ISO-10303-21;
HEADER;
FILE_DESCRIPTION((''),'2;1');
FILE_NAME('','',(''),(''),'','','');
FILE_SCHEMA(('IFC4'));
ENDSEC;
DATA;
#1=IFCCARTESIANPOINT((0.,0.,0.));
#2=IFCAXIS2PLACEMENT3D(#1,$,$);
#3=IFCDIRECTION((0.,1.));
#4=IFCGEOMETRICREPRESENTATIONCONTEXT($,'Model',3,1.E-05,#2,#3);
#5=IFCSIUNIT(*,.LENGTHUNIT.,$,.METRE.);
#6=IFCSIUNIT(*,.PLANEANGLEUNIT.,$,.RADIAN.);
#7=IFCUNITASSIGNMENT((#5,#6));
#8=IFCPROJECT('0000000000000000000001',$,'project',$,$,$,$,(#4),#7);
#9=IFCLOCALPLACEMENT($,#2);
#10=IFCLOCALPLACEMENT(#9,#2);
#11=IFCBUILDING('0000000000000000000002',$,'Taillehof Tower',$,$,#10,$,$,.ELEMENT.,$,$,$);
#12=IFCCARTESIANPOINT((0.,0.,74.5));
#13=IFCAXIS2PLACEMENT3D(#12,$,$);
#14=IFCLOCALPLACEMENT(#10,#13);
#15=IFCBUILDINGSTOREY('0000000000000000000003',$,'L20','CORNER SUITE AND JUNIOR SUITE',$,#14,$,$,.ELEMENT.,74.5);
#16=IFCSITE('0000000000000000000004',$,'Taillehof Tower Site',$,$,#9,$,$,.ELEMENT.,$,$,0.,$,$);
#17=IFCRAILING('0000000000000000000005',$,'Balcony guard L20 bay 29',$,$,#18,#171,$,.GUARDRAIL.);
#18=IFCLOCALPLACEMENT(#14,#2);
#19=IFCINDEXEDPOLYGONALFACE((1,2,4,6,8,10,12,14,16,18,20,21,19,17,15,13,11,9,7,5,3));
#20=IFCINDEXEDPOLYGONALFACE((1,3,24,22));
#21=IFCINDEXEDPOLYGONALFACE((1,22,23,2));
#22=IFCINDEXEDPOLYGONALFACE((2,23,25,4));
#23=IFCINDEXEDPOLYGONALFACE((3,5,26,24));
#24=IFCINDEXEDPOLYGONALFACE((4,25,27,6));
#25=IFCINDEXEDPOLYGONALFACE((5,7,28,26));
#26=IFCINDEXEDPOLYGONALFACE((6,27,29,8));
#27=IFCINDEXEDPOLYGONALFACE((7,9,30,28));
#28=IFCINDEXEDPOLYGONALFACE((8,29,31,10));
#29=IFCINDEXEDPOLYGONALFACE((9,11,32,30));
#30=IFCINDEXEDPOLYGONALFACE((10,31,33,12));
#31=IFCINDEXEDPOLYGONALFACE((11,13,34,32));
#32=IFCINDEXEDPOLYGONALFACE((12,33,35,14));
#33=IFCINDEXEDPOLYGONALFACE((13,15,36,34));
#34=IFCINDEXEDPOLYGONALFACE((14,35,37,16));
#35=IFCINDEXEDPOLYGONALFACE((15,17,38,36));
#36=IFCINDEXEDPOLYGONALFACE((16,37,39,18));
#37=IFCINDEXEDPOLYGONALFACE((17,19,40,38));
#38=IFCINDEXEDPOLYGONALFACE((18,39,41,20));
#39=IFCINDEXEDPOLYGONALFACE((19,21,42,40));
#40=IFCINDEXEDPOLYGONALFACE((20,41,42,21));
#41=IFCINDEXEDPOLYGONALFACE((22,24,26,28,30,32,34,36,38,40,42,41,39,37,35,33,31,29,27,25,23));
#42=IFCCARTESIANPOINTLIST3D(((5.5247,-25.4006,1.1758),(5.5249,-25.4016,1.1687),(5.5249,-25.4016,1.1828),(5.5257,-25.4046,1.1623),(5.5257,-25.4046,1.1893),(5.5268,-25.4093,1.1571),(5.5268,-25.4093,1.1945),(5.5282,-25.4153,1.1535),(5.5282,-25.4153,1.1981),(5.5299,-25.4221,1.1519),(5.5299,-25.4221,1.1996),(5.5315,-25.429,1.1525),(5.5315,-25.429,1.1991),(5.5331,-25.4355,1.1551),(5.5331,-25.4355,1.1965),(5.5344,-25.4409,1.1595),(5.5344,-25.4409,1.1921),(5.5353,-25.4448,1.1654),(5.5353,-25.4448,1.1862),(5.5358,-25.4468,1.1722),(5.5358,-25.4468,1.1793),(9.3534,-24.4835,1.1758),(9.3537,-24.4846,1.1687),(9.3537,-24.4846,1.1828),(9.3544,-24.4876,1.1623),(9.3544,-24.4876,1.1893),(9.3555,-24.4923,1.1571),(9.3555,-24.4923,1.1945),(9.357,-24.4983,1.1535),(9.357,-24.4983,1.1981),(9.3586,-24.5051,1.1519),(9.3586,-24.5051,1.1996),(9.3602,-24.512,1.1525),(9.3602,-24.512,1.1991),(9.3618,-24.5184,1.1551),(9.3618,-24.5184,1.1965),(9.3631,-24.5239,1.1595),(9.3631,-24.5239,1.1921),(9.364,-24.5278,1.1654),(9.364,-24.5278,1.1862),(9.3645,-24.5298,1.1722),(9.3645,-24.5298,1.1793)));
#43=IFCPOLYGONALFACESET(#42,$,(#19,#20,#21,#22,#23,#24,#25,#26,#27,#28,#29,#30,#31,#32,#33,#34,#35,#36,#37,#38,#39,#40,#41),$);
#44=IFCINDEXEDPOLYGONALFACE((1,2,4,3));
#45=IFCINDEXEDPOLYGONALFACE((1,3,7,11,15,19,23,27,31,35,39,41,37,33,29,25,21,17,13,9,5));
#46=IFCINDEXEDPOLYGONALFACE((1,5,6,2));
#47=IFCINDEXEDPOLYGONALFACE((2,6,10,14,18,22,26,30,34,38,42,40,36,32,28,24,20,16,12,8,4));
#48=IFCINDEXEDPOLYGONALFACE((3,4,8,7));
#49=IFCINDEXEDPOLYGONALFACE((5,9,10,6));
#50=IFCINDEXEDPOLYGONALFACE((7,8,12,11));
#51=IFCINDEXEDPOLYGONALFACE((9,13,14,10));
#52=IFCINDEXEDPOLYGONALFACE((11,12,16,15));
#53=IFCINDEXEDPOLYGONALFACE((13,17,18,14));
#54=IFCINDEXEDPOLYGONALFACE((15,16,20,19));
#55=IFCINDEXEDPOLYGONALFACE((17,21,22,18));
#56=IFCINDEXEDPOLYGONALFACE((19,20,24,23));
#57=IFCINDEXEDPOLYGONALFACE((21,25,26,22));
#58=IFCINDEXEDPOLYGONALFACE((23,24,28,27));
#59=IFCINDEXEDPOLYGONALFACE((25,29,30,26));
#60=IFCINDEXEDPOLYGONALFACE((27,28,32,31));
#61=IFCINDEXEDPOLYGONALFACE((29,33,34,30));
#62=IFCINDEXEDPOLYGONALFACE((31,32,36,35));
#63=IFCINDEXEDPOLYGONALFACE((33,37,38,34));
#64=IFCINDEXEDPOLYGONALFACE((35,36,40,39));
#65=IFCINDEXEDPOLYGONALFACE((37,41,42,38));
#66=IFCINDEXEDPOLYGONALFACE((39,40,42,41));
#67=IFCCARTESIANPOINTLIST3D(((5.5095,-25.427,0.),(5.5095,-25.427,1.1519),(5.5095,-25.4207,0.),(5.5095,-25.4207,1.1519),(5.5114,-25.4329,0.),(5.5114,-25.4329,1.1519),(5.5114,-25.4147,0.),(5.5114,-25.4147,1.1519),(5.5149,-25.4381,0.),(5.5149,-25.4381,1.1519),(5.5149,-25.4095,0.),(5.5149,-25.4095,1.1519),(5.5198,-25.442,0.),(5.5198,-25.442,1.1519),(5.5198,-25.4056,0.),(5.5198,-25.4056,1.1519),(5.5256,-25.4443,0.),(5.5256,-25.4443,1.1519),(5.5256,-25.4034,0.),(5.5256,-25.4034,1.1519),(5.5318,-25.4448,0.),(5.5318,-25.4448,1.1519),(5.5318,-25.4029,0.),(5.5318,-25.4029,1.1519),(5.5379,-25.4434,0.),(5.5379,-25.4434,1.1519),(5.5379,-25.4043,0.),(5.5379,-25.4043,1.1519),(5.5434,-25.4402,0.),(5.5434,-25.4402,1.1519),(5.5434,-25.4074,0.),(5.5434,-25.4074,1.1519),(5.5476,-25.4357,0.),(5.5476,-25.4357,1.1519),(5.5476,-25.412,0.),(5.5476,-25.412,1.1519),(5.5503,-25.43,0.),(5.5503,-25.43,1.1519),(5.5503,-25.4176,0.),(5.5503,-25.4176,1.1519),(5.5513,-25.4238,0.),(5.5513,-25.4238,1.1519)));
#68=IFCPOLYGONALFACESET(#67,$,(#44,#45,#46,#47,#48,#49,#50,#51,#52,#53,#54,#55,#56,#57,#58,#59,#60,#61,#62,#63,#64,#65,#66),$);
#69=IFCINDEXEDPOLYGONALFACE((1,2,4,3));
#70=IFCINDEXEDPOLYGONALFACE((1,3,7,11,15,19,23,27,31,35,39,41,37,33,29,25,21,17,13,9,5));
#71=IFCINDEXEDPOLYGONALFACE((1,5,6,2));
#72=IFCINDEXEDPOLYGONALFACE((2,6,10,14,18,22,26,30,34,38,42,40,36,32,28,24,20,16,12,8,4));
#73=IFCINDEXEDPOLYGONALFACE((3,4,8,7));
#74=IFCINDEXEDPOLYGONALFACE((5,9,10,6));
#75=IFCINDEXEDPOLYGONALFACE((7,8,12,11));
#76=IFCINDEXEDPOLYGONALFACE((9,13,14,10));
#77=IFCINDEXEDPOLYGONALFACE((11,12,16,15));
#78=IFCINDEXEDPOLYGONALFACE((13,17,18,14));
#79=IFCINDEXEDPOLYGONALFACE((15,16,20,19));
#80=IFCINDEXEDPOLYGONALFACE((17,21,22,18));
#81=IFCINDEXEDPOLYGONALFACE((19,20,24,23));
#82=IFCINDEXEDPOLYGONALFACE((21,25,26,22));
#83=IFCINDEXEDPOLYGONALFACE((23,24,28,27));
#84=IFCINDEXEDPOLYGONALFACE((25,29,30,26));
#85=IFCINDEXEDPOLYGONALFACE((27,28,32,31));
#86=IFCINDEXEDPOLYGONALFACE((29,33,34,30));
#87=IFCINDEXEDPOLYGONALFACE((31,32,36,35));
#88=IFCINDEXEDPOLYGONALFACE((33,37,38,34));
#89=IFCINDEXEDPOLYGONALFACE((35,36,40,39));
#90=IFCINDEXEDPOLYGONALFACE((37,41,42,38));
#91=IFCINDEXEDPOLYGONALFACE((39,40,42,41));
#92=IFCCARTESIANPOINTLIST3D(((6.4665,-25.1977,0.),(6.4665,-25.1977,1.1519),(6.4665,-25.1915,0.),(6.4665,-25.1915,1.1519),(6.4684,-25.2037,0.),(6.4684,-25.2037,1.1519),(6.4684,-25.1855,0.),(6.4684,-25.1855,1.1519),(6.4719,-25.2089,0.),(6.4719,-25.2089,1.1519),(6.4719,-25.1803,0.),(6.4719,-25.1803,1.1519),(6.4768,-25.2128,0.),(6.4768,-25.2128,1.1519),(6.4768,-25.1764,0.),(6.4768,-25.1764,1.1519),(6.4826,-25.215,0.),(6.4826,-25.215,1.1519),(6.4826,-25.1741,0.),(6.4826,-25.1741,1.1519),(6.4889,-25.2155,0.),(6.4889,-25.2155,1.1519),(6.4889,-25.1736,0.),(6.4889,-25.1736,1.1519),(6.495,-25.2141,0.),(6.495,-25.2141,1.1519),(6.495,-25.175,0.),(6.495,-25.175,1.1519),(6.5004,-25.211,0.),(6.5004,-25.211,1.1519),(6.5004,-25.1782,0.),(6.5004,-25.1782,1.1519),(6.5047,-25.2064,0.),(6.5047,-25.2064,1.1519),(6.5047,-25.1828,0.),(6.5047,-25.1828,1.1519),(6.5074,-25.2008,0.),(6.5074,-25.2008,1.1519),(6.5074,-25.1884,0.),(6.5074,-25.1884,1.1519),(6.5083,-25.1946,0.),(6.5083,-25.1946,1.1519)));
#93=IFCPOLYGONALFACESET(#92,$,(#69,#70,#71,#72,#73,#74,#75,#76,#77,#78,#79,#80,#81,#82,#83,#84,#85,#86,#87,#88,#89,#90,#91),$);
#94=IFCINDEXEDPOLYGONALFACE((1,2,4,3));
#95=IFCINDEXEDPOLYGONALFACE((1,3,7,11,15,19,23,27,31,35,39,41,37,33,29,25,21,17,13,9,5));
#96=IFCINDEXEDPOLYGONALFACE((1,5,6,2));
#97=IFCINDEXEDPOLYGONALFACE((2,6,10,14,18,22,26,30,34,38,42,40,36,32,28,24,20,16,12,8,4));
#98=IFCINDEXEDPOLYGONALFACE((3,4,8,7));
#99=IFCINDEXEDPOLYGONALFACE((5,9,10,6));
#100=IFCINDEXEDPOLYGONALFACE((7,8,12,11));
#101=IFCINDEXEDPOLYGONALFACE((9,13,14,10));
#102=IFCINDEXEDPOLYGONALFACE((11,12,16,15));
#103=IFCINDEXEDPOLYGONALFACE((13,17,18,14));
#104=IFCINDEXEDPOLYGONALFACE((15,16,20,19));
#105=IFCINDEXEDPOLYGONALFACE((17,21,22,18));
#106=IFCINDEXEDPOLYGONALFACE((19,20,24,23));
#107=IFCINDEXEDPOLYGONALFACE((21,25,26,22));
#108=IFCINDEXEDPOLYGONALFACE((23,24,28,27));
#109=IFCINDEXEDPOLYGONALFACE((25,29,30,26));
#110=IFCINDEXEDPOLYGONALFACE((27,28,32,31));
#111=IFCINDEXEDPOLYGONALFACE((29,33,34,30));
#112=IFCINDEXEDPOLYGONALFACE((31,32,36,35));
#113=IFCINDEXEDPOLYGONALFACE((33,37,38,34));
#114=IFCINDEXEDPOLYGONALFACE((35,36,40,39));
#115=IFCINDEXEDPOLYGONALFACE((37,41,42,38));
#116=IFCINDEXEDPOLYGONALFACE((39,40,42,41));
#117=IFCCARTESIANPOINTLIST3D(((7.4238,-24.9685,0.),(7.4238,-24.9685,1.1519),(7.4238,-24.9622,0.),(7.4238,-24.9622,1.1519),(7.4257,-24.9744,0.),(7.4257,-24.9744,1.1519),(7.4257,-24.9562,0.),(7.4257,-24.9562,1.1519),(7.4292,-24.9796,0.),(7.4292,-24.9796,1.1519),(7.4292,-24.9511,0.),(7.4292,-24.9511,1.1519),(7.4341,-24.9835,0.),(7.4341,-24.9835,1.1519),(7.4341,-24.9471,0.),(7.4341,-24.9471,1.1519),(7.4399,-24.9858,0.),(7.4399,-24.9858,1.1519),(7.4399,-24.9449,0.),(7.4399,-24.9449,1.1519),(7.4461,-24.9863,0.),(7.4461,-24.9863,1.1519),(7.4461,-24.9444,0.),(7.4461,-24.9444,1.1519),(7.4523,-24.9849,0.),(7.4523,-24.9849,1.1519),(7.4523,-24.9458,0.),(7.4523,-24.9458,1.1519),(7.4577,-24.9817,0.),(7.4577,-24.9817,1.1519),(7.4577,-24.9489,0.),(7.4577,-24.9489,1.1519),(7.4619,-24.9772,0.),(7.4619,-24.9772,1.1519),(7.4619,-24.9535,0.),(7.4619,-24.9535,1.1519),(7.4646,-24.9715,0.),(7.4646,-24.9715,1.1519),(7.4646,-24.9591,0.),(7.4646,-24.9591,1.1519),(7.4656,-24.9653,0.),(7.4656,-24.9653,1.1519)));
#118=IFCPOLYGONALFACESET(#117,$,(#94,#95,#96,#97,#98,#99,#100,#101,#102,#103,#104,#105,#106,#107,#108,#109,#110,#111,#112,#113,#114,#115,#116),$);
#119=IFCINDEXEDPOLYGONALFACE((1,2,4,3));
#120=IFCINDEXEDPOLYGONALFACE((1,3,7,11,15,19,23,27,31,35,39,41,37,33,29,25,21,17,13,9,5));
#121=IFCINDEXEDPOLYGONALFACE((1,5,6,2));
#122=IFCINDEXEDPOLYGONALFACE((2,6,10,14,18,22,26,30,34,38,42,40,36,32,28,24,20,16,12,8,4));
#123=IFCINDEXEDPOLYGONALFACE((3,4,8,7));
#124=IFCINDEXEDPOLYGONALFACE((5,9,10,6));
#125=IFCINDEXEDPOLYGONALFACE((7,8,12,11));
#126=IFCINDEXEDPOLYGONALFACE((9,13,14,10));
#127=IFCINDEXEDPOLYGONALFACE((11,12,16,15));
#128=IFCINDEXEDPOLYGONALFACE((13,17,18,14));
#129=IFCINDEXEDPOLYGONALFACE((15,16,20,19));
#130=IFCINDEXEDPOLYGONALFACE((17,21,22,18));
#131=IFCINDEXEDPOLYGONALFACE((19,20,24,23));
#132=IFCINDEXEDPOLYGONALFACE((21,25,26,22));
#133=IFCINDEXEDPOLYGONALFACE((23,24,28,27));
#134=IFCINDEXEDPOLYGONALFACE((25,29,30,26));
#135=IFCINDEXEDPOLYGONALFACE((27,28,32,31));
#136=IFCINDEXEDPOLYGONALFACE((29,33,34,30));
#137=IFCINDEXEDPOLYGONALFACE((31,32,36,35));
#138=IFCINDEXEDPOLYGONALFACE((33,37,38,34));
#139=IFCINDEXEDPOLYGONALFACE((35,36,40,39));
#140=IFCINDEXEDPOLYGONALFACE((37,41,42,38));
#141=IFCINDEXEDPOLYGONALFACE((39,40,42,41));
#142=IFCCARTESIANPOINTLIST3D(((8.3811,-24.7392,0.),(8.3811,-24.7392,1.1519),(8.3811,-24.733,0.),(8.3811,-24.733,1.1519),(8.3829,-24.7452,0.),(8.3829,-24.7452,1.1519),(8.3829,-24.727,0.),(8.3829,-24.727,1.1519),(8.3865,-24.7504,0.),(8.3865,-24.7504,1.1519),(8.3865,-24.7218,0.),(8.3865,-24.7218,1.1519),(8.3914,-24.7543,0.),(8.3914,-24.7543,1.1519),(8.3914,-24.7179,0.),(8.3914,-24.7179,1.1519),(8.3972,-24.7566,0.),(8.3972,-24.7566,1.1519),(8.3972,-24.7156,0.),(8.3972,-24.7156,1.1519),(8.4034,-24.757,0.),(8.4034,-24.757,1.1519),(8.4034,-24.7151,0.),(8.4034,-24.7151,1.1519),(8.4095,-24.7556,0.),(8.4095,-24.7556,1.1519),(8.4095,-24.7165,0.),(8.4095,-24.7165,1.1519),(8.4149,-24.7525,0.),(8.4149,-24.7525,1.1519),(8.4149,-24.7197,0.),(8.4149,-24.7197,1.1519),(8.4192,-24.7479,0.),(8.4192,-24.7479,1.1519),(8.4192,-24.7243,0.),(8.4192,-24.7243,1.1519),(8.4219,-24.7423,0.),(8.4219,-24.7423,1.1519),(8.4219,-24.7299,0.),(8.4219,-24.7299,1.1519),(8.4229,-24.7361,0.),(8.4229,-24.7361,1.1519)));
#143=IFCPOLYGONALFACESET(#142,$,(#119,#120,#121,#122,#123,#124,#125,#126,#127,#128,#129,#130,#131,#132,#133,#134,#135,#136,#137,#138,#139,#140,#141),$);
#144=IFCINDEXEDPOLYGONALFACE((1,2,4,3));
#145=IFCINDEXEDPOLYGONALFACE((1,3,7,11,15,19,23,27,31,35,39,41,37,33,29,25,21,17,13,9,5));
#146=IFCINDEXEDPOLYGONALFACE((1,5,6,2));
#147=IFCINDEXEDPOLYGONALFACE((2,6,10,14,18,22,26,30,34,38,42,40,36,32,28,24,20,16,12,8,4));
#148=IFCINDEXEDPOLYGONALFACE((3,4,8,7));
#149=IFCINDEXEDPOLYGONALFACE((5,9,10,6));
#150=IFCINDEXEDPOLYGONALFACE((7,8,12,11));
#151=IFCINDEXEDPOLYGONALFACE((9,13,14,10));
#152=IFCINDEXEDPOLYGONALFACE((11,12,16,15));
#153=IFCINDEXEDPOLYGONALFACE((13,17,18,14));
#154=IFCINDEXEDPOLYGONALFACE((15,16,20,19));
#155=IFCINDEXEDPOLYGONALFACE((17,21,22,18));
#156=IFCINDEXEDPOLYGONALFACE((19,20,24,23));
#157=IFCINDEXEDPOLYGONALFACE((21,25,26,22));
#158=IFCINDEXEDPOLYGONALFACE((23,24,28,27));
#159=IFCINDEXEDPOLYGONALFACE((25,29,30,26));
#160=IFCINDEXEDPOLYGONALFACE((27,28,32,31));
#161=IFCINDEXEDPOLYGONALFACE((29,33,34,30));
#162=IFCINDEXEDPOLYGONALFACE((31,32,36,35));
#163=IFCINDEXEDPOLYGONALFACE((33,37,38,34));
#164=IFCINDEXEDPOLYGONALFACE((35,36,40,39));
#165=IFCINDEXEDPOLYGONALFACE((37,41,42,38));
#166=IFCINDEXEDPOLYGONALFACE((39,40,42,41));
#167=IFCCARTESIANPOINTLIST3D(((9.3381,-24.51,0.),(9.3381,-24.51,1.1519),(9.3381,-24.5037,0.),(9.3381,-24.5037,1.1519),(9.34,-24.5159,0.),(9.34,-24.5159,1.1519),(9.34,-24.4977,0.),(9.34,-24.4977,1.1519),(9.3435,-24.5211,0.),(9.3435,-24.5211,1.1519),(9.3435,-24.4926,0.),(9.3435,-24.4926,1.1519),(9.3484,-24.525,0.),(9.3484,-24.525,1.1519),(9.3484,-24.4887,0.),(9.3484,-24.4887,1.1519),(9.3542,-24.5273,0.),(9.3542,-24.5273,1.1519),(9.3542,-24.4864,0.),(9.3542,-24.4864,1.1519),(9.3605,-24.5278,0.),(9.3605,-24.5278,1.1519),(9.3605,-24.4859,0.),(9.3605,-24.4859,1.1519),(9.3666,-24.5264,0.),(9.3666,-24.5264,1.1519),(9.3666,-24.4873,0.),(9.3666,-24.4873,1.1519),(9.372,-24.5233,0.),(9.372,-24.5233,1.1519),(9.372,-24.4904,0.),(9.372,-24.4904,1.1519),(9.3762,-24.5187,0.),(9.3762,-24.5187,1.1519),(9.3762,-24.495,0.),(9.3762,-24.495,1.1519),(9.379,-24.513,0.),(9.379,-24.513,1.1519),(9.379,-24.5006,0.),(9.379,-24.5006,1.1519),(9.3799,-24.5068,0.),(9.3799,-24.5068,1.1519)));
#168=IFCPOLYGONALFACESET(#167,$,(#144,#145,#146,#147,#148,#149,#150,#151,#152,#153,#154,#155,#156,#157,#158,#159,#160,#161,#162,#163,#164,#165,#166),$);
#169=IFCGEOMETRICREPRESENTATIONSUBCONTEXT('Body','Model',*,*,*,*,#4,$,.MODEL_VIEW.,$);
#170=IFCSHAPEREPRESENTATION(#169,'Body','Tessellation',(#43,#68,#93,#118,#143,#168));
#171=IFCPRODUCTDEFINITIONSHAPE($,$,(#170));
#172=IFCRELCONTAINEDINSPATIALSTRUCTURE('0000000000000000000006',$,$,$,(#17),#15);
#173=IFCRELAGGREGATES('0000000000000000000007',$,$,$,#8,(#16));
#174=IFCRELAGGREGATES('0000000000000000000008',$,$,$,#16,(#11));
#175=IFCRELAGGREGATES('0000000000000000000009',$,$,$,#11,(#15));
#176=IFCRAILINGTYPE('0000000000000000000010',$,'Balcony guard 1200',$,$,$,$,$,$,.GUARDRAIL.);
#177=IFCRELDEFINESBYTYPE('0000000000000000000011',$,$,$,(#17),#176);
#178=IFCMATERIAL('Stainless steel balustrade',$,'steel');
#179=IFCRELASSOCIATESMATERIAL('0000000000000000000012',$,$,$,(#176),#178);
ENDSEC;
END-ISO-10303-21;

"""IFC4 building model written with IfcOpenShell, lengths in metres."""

from ifc_helpers import new_model, si_unit, direction, frame, origin, origin_2d, place, context, subcontext, project, spatial, circle, extrude, material, type_object, element, save


model = new_model("IFC4")

# Units and contexts
model_context = context("Model", 3, precision=1e-05, world=origin(), true_north=direction((0.0, 1.0)))
body_context = subcontext(model_context, "Body", "Model", "MODEL_VIEW")
ifc_project = project(units=[si_unit("LENGTHUNIT", "METRE"), si_unit("PLANEANGLEUNIT", "RADIAN")], contexts=[model_context])

# Site, building, storey
site_placement = place(None, origin())
site = spatial("IfcSite", under=ifc_project, at=site_placement, Name="Taillehof Tower Site", CompositionType="ELEMENT", RefElevation=0.0)
building_placement = place(site_placement, origin())
building = spatial("IfcBuilding", under=site, at=building_placement, Name="Taillehof Tower", CompositionType="ELEMENT")
storey_placement = place(building_placement, frame((0.0, 0.0, 74.5)))
storey = spatial("IfcBuildingStorey", under=building, at=storey_placement, Name="L20", Description="CORNER SUITE AND JUNIOR SUITE", CompositionType="ELEMENT", Elevation=74.5)

# Railing
ifc_material_1 = material(Name="Stainless steel balustrade", Category="steel")
railing_type = type_object("IfcRailingType", Name="Balcony guard 1200", PredefinedType="GUARDRAIL", material=ifc_material_1)
railing_1_placement = place(storey_placement, frame((5.5303, -25.4238, 0.0)))
element("IfcRailing", 1, at=railing_1_placement, inside=storey, type_object=railing_type, Name="Balcony guard L20 bay 29", PredefinedType="GUARDRAIL", context=body_context, shape_type="SweptSolid", body=[
    extrude(circle(Radius=0.0239, at=origin_2d()), frame((0.0, 0.0, 1.1758), z_axis=(0.972495, 0.232923, 0.0), x_axis=(-0.232923, 0.972495, 0.0)), (0.0, 0.0, 1.0), 3.937),
    extrude(circle(Radius=0.021, at=origin_2d()), origin(), (0.0, 0.0, 1.0), 1.1519),
    extrude(circle(Radius=0.021, at=origin_2d()), frame((0.957, 0.2292, 0.0)), (0.0, 0.0, 1.0), 1.1519),
    extrude(circle(Radius=0.021, at=origin_2d()), frame((1.9143, 0.4585, 0.0)), (0.0, 0.0, 1.0), 1.1519),
    extrude(circle(Radius=0.021, at=origin_2d()), frame((2.8716, 0.6877, 0.0)), (0.0, 0.0, 1.0), 1.1519),
    extrude(circle(Radius=0.021, at=origin_2d()), frame((3.8286, 0.917, 0.0)), (0.0, 0.0, 1.0), 1.1519),
])

save(model, "model.ifc")
